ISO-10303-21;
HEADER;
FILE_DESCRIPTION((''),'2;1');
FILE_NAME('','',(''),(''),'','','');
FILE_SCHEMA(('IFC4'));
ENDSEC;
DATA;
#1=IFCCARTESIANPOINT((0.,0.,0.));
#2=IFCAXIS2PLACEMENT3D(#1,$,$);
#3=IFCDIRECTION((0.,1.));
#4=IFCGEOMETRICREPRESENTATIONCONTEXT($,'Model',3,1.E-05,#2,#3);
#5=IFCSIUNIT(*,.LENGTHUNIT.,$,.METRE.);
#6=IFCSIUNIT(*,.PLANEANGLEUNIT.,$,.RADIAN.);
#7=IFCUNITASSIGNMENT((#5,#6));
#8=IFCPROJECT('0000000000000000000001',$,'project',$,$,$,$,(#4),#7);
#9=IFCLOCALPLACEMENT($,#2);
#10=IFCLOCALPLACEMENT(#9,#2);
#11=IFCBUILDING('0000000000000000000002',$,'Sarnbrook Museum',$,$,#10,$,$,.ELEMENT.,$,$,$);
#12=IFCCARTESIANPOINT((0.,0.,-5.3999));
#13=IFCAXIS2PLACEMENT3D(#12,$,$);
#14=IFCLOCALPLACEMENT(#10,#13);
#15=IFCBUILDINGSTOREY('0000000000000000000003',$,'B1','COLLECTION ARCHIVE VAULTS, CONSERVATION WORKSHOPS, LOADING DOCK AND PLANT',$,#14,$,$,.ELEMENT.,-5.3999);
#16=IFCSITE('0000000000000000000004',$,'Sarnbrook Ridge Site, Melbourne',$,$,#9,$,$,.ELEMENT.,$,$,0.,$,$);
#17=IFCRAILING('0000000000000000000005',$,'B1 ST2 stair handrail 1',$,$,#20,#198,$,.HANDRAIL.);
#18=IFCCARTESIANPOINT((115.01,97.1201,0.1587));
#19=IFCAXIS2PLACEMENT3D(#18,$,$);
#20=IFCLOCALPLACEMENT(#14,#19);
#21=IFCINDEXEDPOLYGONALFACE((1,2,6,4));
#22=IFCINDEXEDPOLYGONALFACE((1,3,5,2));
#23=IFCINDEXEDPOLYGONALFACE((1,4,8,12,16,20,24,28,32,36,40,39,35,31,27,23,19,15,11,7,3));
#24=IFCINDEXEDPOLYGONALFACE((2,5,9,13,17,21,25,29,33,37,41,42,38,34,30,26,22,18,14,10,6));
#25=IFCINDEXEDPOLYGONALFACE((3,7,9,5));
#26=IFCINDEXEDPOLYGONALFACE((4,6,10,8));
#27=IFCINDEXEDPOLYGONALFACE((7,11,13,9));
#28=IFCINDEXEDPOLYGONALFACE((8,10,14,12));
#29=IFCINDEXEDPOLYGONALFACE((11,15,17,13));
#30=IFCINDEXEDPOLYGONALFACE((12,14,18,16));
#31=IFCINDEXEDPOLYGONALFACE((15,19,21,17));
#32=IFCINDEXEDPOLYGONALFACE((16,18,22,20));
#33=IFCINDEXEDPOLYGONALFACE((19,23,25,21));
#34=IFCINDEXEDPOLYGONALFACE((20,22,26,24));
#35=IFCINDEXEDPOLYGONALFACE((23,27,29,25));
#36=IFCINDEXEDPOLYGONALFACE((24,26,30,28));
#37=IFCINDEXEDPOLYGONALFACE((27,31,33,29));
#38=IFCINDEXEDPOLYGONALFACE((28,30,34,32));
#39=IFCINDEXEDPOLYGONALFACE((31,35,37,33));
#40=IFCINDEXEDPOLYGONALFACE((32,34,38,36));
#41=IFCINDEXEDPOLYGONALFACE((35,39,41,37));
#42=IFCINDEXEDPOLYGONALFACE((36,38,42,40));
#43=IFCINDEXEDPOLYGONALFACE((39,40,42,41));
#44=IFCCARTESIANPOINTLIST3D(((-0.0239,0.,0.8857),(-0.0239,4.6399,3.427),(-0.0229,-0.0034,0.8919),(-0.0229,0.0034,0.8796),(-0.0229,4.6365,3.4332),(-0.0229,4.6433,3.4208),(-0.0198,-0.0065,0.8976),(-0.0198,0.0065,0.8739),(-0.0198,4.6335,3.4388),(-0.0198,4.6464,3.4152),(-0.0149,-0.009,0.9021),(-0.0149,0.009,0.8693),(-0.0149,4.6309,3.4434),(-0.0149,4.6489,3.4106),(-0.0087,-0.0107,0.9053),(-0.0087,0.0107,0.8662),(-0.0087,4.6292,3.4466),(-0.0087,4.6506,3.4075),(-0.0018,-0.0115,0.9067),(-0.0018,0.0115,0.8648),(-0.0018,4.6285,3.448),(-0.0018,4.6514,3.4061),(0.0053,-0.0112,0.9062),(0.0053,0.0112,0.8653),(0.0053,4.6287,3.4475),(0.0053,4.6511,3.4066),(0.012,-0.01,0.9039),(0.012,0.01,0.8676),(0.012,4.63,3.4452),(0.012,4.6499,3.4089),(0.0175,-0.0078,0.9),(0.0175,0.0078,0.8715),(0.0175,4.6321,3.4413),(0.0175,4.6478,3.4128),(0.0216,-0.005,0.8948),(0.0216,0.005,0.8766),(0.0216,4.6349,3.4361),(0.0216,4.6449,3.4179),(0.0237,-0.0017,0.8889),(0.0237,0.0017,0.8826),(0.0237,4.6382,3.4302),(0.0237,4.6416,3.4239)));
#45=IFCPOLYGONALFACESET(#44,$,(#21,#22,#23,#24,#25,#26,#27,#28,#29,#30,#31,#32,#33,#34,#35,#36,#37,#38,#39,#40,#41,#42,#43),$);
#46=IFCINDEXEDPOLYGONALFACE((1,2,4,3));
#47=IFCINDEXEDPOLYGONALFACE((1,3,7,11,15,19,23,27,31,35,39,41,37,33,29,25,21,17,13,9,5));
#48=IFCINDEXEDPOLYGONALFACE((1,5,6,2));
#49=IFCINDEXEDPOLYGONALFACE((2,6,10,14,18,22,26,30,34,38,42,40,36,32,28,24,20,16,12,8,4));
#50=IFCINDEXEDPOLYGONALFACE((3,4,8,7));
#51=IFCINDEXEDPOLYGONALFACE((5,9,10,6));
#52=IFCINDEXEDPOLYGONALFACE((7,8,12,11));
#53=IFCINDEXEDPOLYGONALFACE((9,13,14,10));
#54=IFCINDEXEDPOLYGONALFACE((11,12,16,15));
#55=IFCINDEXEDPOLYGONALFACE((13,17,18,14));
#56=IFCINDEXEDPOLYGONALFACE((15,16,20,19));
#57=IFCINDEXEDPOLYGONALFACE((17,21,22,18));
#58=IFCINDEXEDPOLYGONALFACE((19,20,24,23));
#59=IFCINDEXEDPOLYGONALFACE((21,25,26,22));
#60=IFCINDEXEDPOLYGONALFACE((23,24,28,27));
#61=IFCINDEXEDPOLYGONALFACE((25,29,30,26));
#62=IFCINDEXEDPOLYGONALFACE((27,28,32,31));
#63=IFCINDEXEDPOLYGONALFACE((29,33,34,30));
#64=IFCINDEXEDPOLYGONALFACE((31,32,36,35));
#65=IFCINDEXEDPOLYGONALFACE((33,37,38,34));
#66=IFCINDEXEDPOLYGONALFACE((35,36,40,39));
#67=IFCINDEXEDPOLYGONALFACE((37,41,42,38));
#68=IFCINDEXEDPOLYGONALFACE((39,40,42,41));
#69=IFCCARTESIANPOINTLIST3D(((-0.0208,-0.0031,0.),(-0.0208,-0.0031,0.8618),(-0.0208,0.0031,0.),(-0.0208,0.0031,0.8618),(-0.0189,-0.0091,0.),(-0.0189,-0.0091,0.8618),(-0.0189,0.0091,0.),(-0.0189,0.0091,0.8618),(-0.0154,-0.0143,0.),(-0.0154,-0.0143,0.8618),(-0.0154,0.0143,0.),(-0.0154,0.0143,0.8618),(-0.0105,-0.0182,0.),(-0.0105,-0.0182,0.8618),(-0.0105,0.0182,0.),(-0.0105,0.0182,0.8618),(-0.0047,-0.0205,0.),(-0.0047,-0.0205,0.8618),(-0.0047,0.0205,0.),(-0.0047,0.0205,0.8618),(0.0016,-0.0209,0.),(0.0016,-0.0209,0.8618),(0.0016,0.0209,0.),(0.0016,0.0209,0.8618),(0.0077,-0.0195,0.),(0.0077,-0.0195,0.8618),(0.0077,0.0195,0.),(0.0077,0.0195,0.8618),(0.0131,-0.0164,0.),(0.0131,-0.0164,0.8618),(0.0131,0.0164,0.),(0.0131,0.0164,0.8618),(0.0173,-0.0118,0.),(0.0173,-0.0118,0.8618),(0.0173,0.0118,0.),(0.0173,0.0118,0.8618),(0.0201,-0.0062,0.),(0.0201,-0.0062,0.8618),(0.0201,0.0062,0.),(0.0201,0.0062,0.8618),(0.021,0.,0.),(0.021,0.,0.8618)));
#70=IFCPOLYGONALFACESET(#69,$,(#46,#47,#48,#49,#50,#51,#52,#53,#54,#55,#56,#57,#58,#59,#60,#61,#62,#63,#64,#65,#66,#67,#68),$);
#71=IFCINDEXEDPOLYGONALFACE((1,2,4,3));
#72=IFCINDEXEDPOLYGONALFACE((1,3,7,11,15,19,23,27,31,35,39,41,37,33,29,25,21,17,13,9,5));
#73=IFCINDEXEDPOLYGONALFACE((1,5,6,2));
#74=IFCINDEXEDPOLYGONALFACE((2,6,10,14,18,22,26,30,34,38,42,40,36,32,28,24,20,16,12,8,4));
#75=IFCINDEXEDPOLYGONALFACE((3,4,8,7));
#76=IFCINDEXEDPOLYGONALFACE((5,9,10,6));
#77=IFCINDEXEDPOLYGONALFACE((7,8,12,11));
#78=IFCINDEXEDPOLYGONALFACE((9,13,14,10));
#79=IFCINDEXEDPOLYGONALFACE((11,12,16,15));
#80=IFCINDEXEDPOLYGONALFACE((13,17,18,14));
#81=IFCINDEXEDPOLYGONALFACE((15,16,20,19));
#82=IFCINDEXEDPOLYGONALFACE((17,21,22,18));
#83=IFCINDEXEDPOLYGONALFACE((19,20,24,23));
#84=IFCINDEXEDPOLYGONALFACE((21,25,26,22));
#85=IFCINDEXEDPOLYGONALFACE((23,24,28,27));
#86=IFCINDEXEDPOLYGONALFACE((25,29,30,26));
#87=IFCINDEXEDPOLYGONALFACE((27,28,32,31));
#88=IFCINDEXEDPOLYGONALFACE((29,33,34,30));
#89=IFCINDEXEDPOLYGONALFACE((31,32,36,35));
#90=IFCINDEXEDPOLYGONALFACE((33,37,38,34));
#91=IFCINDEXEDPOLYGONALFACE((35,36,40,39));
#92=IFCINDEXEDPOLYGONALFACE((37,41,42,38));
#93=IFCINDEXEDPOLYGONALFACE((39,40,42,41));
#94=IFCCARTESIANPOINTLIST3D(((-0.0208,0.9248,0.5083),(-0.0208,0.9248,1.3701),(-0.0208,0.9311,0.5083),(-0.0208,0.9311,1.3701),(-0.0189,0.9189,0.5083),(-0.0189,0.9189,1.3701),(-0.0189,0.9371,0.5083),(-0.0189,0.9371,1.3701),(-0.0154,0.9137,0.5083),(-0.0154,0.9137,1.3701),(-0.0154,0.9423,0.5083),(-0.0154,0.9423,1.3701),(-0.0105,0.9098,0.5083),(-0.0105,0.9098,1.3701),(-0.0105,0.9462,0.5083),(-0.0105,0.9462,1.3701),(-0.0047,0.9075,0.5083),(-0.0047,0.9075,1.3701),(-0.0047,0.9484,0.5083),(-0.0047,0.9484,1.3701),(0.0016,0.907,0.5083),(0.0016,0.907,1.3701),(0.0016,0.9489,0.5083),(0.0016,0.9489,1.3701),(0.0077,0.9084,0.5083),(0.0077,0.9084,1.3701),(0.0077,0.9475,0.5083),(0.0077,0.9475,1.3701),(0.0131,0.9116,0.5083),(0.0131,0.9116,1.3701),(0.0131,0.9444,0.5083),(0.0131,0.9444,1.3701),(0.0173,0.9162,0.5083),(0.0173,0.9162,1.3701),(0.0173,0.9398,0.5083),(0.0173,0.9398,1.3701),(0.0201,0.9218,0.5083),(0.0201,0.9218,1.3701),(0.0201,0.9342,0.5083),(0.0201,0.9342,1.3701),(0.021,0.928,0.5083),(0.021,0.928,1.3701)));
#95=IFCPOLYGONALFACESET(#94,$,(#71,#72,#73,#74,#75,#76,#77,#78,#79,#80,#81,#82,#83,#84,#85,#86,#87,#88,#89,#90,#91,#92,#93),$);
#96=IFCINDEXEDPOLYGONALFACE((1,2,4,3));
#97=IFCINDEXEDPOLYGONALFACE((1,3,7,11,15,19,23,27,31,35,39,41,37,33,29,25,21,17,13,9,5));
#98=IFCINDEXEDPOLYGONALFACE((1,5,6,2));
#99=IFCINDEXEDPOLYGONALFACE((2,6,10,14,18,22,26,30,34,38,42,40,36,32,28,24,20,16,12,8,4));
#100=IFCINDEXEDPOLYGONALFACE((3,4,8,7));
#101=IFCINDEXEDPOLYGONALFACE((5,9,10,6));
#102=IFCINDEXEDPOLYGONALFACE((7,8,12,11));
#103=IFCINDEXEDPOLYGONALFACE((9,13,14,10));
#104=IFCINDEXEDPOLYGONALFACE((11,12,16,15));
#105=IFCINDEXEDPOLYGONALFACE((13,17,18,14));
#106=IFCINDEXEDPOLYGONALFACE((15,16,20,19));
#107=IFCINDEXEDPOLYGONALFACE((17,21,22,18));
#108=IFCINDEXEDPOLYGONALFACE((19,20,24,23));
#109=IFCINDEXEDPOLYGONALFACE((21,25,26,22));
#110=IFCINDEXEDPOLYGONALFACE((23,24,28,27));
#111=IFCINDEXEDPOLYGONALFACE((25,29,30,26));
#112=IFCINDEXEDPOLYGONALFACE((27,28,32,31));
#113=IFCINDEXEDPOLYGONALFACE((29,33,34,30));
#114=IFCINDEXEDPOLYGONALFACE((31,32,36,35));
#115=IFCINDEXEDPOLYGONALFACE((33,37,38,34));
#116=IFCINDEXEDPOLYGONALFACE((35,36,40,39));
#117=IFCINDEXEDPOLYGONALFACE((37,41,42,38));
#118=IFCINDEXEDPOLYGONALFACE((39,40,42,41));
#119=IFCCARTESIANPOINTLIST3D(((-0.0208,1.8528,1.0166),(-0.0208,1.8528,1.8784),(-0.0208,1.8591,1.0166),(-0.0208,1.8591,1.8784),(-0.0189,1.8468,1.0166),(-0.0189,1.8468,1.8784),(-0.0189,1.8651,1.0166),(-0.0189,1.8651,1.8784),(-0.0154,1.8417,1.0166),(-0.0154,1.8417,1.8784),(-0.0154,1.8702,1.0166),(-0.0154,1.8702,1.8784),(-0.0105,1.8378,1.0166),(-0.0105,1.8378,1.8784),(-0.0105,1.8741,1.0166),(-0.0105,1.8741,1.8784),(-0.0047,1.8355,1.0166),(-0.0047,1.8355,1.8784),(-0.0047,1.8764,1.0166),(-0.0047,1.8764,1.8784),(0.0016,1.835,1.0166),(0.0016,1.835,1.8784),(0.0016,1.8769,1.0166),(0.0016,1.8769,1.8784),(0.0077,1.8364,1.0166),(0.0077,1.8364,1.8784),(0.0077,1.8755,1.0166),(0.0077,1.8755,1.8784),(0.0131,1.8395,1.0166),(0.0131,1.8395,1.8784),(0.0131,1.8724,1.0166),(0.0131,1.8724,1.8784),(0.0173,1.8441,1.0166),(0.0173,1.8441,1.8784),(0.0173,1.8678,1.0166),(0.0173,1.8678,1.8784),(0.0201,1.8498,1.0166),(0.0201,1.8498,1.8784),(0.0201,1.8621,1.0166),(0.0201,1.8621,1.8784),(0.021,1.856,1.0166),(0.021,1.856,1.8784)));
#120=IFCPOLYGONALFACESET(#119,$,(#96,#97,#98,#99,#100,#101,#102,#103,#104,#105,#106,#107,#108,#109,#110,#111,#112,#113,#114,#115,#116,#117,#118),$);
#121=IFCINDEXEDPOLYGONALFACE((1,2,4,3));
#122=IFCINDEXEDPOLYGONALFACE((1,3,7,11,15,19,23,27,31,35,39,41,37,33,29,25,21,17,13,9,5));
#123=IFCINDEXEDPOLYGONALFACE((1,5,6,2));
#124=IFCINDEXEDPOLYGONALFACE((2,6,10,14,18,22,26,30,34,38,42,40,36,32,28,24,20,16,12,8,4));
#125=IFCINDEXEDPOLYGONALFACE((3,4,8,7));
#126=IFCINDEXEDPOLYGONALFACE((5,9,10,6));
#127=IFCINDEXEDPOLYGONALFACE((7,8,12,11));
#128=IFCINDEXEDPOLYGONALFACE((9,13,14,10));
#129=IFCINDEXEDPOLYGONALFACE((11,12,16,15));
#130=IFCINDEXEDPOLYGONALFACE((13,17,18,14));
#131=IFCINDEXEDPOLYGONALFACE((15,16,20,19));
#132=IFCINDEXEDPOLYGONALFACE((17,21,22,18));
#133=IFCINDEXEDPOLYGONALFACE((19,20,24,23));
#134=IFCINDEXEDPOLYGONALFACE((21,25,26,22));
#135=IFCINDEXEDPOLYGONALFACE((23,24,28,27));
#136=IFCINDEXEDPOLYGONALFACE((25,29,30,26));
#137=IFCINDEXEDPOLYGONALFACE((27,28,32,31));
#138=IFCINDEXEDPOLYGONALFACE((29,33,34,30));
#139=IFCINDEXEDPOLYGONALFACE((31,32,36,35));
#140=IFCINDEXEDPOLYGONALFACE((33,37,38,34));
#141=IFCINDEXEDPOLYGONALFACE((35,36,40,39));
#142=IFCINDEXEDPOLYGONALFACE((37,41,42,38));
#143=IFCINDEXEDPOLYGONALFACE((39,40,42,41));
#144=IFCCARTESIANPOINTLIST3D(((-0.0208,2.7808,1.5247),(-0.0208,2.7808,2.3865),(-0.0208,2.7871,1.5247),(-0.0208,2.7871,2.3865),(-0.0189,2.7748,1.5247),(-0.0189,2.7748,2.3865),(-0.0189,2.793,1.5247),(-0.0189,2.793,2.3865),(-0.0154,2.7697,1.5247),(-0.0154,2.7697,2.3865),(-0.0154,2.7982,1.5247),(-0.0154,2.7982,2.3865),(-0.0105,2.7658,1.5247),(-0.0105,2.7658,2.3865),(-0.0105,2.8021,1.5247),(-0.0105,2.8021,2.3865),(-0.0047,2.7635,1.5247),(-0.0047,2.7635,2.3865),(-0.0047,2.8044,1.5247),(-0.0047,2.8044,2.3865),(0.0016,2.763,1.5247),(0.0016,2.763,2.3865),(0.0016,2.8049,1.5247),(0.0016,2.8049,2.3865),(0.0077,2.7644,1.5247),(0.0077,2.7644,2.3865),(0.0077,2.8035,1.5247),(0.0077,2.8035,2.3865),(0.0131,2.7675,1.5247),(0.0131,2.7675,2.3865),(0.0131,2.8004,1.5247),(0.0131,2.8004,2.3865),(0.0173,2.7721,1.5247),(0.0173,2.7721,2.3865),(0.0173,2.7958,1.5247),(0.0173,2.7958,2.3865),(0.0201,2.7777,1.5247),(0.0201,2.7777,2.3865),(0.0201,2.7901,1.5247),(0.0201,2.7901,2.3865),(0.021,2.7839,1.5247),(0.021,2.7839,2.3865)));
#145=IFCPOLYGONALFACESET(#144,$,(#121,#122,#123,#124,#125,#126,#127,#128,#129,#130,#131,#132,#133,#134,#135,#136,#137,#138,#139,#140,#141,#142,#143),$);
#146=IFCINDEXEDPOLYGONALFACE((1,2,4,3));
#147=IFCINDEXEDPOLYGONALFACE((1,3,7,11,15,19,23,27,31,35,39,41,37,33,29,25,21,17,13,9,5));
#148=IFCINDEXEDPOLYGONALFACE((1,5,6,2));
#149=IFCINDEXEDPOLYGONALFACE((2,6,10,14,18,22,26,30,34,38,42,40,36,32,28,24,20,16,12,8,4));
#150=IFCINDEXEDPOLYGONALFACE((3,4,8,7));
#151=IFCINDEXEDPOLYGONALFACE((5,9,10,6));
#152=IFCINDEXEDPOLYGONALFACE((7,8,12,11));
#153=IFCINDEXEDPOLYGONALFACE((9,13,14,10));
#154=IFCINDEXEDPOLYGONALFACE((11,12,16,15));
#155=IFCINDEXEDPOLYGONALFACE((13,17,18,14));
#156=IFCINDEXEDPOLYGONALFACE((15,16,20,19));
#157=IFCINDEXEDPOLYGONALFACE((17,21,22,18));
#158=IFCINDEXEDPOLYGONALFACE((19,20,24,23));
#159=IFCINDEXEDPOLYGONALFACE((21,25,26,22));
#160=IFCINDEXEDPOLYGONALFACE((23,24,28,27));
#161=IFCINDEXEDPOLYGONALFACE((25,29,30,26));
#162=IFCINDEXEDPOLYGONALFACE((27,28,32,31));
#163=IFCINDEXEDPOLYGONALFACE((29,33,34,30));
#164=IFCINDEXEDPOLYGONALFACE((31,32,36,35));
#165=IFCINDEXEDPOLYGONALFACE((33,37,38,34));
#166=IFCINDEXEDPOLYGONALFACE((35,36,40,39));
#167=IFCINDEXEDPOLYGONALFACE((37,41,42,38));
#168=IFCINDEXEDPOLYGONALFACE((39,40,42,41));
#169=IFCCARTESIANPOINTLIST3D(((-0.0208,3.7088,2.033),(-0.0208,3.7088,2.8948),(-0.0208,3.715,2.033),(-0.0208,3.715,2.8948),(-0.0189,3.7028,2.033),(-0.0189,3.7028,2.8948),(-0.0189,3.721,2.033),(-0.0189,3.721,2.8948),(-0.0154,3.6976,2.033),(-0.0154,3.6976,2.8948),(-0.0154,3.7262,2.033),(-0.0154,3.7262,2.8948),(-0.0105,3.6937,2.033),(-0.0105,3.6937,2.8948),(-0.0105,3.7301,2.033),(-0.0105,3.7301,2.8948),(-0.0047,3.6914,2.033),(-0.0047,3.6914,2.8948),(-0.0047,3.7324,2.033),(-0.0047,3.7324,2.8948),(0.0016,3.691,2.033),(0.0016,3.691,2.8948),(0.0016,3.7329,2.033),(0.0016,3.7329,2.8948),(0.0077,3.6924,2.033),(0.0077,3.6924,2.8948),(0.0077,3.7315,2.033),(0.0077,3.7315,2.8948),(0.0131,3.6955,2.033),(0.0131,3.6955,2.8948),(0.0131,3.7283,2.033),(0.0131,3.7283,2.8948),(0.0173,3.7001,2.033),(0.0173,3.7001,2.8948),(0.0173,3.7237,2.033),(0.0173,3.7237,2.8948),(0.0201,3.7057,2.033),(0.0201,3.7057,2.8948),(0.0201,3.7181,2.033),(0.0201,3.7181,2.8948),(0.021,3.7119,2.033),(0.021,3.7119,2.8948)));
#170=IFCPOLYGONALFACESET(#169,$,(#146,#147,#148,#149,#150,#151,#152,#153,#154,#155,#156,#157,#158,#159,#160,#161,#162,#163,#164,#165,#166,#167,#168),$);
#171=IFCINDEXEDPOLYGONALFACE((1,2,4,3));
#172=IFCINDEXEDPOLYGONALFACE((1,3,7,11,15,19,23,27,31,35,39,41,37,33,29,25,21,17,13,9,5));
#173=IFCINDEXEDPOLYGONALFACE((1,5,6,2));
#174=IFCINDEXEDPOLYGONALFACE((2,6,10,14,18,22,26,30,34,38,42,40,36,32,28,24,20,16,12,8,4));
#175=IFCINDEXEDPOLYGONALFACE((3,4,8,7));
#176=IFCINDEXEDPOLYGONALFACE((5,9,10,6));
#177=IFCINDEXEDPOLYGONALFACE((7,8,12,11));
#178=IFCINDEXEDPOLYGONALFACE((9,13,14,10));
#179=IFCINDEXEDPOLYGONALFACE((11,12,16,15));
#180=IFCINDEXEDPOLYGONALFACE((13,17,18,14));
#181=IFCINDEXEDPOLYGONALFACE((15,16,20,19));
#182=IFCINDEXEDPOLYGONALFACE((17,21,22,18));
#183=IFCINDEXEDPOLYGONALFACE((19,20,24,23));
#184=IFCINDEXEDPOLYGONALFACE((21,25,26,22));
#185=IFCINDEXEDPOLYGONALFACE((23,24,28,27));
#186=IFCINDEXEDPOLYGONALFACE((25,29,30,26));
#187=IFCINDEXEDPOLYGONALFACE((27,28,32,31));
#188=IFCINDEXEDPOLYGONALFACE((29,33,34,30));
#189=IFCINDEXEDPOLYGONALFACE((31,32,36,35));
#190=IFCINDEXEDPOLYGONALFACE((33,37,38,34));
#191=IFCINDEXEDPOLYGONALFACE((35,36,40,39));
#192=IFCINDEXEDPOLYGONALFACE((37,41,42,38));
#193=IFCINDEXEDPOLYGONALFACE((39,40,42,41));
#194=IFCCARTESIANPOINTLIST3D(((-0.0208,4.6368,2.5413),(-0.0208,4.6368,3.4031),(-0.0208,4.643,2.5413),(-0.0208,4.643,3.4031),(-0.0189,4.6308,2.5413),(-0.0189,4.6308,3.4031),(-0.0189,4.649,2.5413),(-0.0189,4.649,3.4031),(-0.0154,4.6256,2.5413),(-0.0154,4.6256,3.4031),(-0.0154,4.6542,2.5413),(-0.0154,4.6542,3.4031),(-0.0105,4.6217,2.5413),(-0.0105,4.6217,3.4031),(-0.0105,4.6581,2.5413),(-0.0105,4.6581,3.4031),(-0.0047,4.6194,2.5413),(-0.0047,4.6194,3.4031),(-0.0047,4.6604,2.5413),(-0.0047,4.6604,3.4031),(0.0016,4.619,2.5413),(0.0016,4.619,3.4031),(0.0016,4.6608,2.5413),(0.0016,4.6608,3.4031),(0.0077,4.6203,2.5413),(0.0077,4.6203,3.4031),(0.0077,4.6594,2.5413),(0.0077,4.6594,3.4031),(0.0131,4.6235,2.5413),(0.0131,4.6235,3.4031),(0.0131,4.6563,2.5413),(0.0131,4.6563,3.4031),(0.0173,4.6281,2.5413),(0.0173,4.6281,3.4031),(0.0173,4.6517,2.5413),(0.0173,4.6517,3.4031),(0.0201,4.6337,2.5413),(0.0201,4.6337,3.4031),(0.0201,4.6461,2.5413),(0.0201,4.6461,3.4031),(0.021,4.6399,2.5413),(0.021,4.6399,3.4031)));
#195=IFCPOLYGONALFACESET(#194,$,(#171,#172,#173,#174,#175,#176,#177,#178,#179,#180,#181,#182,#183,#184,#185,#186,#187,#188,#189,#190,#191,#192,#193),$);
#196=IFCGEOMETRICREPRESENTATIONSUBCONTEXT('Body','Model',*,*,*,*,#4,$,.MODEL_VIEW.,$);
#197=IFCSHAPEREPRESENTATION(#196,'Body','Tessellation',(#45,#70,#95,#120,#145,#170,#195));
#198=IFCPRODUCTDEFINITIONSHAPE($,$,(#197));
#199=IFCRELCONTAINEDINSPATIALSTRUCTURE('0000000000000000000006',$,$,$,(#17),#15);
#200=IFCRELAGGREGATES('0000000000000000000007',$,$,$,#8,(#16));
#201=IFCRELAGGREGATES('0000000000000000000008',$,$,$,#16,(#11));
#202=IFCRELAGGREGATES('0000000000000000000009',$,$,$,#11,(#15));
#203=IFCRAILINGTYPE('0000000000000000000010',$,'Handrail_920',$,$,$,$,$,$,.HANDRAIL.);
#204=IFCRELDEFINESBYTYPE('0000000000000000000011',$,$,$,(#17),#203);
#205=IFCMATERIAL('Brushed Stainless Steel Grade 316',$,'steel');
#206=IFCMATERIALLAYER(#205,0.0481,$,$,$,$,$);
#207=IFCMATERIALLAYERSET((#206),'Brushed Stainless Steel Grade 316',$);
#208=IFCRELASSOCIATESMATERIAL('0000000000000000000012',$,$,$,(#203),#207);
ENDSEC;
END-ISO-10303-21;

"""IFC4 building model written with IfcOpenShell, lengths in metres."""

from ifc_helpers import new_model, si_unit, direction, frame, origin, origin_2d, place, context, subcontext, project, spatial, circle, extrude, material, layer, layer_set, type_object, element, save


model = new_model("IFC4")

# Units and contexts
model_context = context("Model", 3, precision=1e-05, world=origin(), true_north=direction((0.0, 1.0)))
body_context = subcontext(model_context, "Body", "Model", "MODEL_VIEW")
ifc_project = project(units=[si_unit("LENGTHUNIT", "METRE"), si_unit("PLANEANGLEUNIT", "RADIAN")], contexts=[model_context])

# Site, building, storey
site_placement = place(None, origin())
site = spatial("IfcSite", under=ifc_project, at=site_placement, Name="Sarnbrook Ridge Site, Melbourne", CompositionType="ELEMENT", RefElevation=0.0)
building_placement = place(site_placement, origin())
building = spatial("IfcBuilding", under=site, at=building_placement, Name="Sarnbrook Museum", CompositionType="ELEMENT")
storey_placement = place(building_placement, frame((0.0, 0.0, -5.3999)))
storey = spatial("IfcBuildingStorey", under=building, at=storey_placement, Name="B1", Description="COLLECTION ARCHIVE VAULTS, CONSERVATION WORKSHOPS, LOADING DOCK AND PLANT", CompositionType="ELEMENT", Elevation=-5.3999)

# Shared definitions
ifc_material_1 = material(Name="Brushed Stainless Steel Grade 316", Category="steel")

# Railing
ifc_layer_1 = layer(ifc_material_1, 0.0481)
ifc_layer_set_1 = layer_set([ifc_layer_1], Name="Brushed Stainless Steel Grade 316")
railing_type_1 = type_object("IfcRailingType", Name="Handrail_920", PredefinedType="HANDRAIL", material=ifc_layer_set_1)
railing_1_placement = place(storey_placement, frame((115.01, 97.1201, 0.1587)))
element("IfcRailing", 1, at=railing_1_placement, inside=storey, type_object=railing_type_1, Name="B1 ST2 stair handrail 1", PredefinedType="HANDRAIL", context=body_context, shape_type="SweptSolid", body=[
    extrude(circle(Radius=0.0239, at=origin_2d()), frame((0.0, 0.0, 0.8857), z_axis=(0.0, 0.877067, 0.480368), x_axis=(-1.0, 0.0, 0.0)), (0.0, 0.0, 1.0), 5.2903),
    extrude(circle(Radius=0.021, at=origin_2d()), origin(), (0.0, 0.0, 1.0), 0.8618),
    extrude(circle(Radius=0.021, at=origin_2d()), frame((0.0, 0.928, 0.5083)), (0.0, 0.0, 1.0), 0.8618),
    extrude(circle(Radius=0.021, at=origin_2d()), frame((0.0, 1.856, 1.0166)), (0.0, 0.0, 1.0), 0.8618),
    extrude(circle(Radius=0.021, at=origin_2d()), frame((0.0, 2.7839, 1.5247)), (0.0, 0.0, 1.0), 0.8618),
    extrude(circle(Radius=0.021, at=origin_2d()), frame((0.0, 3.7119, 2.033)), (0.0, 0.0, 1.0), 0.8618),
    extrude(circle(Radius=0.021, at=origin_2d()), frame((0.0, 4.6399, 2.5413)), (0.0, 0.0, 1.0), 0.8618),
])

save(model, "model.ifc")
